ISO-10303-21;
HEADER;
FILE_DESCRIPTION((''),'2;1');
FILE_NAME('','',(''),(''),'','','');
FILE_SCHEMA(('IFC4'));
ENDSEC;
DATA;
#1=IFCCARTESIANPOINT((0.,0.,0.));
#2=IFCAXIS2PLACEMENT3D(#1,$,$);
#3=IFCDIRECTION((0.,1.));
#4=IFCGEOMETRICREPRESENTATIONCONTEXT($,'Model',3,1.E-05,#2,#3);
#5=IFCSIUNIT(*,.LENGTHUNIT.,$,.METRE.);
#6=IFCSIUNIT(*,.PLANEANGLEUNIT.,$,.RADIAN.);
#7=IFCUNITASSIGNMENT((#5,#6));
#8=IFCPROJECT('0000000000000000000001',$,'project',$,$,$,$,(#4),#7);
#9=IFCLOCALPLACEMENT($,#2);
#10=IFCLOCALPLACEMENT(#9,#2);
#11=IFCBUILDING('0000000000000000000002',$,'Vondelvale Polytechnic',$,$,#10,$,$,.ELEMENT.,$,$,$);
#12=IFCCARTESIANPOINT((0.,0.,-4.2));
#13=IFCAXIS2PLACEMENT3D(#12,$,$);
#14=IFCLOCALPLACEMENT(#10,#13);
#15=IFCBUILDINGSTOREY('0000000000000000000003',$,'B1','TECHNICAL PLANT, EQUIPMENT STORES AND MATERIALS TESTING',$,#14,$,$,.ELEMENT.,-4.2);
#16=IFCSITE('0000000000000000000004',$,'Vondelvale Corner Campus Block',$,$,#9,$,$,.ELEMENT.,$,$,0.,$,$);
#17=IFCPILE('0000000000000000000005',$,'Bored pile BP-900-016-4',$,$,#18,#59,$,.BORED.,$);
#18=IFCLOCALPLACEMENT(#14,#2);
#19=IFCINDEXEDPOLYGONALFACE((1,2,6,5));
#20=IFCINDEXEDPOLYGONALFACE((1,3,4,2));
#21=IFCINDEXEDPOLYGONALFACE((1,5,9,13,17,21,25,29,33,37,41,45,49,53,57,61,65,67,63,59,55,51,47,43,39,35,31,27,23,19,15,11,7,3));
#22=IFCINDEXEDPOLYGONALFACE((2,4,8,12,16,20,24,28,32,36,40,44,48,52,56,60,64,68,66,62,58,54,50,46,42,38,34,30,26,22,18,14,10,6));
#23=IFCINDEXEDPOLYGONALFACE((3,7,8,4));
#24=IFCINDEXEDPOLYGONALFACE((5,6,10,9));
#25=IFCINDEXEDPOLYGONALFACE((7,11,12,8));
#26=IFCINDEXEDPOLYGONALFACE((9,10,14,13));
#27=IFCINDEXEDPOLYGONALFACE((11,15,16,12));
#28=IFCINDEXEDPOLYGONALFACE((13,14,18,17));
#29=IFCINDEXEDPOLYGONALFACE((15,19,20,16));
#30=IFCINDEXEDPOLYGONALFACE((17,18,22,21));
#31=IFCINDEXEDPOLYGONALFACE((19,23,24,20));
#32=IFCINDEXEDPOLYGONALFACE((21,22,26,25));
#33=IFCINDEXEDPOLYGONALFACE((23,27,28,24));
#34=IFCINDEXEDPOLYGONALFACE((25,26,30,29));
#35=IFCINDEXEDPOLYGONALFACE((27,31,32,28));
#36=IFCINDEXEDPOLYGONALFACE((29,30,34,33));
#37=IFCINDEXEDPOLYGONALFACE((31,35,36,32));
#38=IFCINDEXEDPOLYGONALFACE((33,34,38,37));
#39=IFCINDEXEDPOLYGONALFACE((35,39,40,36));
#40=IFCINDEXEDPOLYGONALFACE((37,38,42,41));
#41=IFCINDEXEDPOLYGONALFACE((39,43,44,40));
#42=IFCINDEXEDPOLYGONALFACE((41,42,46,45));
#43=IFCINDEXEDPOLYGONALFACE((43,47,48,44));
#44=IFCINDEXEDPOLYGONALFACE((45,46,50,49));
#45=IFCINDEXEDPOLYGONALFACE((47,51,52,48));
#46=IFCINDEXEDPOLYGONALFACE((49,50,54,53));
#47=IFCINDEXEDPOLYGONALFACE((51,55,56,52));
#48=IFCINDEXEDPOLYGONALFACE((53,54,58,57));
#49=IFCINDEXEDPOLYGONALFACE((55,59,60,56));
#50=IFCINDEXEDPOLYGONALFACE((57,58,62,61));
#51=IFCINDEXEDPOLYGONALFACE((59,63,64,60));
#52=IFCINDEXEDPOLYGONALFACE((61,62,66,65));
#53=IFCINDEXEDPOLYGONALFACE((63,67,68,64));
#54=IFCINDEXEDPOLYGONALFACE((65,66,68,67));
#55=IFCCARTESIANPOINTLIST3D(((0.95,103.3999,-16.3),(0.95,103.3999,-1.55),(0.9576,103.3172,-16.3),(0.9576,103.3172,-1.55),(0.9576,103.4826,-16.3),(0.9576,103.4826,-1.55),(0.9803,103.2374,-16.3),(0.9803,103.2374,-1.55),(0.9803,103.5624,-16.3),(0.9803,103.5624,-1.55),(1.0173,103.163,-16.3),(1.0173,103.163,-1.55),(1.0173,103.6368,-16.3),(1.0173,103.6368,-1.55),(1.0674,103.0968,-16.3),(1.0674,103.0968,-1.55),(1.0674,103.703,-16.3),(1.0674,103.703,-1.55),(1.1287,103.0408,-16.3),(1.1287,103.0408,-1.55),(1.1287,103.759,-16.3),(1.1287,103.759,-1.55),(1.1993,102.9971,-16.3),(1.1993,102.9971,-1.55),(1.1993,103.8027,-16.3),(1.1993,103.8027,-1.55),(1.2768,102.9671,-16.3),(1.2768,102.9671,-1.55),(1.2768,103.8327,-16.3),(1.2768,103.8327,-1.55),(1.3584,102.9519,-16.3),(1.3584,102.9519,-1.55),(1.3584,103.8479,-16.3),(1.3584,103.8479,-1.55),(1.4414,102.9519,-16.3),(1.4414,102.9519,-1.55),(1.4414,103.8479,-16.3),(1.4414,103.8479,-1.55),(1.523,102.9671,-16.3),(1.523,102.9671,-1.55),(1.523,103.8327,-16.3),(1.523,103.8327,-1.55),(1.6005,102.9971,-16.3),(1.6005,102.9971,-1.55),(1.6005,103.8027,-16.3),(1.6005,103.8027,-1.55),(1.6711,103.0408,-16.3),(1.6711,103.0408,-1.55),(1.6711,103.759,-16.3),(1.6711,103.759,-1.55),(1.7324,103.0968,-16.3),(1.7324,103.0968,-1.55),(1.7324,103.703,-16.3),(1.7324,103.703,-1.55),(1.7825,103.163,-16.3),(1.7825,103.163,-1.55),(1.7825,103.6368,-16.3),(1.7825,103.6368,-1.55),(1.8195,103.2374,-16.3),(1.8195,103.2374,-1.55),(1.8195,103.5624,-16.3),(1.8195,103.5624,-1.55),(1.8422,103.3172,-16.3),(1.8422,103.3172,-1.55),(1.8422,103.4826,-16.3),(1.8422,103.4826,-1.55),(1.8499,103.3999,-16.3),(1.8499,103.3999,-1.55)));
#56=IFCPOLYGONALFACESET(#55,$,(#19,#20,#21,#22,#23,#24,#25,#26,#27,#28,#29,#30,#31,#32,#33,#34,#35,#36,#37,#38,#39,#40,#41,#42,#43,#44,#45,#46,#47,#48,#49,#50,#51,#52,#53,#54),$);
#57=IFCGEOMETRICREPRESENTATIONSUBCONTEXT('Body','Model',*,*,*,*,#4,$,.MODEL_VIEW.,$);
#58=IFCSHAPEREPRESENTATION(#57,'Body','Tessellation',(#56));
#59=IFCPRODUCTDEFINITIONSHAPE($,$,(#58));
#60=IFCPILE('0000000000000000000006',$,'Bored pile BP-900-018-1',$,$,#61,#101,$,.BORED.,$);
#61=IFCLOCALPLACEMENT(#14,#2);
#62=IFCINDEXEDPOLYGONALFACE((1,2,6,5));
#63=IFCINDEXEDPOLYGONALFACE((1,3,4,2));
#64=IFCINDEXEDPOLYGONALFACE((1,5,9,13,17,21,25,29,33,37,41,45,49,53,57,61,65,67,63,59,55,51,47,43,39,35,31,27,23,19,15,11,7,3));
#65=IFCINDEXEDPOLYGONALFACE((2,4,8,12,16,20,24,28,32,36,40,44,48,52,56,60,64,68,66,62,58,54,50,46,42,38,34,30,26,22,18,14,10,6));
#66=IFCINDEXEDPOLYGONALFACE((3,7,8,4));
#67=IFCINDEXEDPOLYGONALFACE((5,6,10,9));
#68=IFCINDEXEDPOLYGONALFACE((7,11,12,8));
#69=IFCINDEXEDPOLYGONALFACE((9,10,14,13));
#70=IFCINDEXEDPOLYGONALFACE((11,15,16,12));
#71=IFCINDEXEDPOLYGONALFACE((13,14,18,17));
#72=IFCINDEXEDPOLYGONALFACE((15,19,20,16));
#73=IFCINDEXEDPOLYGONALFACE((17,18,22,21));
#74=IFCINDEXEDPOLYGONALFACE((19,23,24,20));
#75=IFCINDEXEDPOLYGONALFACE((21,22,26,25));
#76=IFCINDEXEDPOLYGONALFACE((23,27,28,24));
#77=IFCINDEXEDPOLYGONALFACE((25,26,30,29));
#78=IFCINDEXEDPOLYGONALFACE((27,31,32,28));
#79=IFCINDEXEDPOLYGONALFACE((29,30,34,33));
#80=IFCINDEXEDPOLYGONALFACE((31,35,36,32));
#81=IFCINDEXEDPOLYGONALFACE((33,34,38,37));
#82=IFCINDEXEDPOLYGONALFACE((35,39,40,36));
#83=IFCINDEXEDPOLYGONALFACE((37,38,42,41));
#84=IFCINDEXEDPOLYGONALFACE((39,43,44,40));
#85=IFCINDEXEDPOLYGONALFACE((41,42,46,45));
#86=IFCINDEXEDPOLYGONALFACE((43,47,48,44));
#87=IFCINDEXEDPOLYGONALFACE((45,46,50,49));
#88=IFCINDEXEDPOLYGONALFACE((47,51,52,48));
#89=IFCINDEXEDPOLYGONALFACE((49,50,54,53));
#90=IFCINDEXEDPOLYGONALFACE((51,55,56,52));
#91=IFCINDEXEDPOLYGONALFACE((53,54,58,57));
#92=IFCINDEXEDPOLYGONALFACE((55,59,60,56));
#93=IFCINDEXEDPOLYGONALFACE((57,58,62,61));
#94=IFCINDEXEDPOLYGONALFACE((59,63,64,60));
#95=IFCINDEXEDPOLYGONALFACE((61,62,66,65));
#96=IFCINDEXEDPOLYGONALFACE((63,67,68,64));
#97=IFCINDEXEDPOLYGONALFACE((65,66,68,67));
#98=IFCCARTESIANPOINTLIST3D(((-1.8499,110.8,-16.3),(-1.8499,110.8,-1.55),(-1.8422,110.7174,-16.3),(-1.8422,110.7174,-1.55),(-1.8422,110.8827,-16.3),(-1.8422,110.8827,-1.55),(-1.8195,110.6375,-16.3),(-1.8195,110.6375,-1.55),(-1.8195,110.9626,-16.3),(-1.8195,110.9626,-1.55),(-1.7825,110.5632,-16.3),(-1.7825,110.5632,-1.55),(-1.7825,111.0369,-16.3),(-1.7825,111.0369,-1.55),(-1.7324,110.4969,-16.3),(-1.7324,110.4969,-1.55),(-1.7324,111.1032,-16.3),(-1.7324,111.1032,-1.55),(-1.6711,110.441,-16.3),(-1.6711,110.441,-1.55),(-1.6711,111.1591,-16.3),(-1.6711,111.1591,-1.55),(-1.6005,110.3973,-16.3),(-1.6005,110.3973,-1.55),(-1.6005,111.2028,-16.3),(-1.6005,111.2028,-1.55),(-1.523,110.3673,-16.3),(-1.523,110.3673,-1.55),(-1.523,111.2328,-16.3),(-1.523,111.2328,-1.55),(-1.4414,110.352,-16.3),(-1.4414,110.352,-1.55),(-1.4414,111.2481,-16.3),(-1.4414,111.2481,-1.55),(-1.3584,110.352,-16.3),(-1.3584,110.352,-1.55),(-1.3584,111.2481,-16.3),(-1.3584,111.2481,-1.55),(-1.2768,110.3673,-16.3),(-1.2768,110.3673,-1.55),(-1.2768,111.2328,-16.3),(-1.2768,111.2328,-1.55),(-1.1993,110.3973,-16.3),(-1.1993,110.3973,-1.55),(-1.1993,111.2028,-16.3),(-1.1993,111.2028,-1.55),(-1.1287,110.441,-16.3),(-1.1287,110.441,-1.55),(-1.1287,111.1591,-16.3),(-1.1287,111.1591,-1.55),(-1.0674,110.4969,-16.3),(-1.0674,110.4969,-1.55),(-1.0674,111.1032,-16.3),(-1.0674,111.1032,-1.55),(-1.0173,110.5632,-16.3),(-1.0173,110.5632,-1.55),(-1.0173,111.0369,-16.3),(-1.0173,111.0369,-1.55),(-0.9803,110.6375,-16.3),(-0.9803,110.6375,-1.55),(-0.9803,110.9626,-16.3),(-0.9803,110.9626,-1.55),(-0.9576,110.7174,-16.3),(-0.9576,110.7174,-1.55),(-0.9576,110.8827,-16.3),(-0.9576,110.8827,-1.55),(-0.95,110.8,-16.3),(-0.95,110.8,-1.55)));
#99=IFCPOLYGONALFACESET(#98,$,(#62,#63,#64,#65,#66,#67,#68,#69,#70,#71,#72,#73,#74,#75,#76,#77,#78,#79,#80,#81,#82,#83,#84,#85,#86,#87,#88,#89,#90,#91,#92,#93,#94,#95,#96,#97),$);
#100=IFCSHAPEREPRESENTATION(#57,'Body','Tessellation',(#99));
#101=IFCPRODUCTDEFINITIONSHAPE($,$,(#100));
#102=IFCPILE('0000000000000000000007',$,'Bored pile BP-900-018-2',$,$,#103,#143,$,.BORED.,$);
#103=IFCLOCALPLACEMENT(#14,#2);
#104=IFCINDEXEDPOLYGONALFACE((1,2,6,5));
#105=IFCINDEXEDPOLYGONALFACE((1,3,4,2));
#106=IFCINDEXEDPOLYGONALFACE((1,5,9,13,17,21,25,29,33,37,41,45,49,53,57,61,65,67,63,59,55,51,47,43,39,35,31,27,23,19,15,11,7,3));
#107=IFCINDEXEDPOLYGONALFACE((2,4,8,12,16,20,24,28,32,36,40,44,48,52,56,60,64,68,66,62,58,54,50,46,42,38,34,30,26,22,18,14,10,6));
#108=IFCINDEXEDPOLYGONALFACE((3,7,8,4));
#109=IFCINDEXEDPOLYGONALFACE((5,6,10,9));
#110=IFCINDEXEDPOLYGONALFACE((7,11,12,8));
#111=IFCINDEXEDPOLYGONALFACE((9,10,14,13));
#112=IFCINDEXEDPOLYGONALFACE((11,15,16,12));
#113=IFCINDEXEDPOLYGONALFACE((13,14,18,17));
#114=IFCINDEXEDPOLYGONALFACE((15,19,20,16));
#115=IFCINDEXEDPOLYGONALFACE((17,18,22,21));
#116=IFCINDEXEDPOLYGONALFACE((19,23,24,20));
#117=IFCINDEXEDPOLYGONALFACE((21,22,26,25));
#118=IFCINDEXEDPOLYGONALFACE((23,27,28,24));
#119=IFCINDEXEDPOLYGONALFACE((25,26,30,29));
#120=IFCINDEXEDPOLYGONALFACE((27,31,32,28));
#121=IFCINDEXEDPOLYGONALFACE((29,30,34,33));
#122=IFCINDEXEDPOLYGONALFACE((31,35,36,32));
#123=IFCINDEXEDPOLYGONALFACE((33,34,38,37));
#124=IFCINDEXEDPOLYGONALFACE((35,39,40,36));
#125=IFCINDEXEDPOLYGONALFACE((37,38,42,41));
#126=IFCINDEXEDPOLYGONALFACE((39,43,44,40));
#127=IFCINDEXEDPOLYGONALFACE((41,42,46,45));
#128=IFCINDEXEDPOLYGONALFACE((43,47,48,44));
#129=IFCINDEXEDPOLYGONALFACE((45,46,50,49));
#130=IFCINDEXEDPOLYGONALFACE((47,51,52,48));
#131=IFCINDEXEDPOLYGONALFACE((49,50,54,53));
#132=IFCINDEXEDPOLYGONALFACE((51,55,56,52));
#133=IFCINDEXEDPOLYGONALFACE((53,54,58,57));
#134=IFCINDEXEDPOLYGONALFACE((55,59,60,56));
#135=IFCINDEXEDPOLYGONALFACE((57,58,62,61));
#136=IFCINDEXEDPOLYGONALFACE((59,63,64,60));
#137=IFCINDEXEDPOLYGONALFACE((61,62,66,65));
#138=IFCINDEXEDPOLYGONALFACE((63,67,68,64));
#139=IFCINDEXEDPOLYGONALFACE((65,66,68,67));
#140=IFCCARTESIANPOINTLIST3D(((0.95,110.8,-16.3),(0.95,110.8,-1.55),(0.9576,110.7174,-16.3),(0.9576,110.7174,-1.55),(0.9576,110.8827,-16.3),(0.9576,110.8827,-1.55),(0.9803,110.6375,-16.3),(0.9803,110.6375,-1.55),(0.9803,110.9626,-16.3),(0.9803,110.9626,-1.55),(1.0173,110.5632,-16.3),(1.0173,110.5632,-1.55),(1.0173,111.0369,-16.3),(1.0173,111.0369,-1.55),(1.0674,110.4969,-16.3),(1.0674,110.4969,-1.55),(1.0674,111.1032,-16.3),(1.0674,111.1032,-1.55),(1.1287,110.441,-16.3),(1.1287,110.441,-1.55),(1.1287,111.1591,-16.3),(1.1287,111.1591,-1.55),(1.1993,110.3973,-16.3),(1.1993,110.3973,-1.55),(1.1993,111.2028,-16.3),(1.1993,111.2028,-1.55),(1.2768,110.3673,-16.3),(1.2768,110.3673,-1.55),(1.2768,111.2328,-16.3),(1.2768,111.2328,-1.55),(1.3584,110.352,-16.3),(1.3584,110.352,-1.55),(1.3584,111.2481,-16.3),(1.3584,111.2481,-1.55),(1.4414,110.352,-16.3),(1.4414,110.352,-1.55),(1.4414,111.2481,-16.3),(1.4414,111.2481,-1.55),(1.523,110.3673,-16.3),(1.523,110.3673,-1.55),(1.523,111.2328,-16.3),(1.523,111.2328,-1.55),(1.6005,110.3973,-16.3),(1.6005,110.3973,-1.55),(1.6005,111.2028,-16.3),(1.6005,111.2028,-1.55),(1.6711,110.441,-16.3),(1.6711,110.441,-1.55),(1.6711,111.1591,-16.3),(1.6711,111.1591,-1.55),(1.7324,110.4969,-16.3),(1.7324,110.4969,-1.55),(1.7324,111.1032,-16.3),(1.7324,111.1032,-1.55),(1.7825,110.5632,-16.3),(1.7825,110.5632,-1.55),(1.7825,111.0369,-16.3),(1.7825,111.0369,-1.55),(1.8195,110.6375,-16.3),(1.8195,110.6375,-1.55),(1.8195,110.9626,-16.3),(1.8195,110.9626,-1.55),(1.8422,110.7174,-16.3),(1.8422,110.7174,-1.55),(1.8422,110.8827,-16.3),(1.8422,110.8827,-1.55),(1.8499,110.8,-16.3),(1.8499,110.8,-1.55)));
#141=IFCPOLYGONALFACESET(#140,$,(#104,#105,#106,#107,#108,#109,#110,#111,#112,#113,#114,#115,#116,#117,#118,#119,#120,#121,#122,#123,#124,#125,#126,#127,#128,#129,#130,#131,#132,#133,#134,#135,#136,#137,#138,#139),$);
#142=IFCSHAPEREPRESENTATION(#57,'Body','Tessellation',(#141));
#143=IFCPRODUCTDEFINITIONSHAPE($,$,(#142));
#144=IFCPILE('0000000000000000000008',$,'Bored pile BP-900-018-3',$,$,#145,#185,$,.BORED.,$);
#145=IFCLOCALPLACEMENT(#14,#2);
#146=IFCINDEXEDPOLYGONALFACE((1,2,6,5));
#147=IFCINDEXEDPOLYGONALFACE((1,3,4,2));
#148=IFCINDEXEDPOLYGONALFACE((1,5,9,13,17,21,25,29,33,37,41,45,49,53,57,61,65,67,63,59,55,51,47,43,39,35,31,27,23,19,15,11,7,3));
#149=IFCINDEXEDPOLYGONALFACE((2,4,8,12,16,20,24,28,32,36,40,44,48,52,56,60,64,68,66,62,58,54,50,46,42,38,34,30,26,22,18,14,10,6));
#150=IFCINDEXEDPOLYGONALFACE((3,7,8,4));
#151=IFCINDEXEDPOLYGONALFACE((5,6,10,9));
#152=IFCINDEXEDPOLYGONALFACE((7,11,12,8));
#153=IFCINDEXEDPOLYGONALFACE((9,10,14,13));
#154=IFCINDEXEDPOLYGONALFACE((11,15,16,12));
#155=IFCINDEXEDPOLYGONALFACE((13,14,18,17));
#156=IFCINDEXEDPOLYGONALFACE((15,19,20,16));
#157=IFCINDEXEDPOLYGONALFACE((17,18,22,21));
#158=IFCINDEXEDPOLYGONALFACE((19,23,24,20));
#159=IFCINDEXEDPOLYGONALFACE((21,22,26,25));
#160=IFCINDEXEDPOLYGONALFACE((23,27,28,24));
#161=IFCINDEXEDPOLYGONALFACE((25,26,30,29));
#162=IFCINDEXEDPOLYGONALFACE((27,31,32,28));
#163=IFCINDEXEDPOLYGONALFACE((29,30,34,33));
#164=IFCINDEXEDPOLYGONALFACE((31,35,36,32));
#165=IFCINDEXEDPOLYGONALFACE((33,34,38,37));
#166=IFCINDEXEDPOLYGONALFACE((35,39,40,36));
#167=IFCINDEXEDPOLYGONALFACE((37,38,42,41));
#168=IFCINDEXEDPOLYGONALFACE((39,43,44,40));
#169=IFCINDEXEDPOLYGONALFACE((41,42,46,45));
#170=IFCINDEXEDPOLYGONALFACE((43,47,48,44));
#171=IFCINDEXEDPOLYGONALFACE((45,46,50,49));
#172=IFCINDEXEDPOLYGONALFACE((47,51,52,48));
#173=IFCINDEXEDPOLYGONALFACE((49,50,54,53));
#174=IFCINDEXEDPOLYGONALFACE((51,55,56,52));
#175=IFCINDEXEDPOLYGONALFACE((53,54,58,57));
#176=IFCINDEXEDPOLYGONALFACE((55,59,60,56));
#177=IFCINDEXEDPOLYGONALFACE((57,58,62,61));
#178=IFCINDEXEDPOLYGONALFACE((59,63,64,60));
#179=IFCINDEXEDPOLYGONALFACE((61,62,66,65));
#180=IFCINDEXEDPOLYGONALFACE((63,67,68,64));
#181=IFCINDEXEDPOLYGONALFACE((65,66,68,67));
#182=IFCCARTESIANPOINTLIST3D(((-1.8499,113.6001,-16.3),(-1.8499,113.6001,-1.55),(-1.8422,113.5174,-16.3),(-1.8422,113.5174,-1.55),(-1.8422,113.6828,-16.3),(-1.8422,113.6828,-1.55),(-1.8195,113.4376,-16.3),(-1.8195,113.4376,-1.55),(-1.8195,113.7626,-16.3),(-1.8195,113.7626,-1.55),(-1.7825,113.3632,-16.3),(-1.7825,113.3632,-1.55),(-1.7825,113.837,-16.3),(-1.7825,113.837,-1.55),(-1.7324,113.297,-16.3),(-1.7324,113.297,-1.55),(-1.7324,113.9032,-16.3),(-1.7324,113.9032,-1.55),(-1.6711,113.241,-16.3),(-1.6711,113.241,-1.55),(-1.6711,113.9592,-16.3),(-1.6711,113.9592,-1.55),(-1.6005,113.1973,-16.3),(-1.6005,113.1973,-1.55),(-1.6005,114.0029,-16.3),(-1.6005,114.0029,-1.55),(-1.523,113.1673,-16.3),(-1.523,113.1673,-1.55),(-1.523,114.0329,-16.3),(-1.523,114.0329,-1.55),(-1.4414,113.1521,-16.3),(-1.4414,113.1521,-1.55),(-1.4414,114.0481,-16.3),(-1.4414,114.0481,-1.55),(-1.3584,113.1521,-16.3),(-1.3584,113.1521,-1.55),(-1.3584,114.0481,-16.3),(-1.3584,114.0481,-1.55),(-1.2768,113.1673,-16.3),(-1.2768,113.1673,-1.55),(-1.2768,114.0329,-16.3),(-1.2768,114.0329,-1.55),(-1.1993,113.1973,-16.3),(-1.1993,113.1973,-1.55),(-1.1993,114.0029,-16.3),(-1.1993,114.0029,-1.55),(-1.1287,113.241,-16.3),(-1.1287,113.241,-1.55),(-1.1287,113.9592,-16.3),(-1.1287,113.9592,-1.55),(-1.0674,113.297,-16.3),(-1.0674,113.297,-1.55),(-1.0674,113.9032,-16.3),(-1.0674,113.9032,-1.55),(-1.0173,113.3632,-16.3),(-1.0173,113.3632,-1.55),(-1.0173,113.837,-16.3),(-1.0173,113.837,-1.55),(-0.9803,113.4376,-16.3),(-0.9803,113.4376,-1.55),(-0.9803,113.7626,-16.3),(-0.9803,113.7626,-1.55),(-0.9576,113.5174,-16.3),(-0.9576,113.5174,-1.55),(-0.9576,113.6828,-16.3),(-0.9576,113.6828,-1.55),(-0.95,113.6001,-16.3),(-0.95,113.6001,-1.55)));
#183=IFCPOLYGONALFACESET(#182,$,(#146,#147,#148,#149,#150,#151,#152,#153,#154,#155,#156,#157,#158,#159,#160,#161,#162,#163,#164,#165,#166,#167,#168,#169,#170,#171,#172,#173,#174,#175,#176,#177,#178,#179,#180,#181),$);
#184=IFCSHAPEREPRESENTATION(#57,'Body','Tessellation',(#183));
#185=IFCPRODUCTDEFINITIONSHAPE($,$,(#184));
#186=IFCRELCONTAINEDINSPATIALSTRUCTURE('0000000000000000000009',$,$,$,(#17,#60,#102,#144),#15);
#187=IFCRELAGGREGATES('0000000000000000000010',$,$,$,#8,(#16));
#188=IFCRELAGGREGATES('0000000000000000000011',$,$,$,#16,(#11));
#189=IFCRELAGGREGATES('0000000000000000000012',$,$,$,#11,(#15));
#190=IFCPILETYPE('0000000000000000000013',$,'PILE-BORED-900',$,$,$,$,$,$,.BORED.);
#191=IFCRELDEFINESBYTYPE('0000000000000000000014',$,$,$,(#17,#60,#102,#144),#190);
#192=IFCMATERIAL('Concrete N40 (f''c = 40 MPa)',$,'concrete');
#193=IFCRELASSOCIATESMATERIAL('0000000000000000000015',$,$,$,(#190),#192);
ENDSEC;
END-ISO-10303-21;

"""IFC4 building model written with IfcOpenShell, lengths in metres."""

from ifc_helpers import new_model, si_unit, direction, frame, origin, origin_2d, place, context, subcontext, project, spatial, circle, extrude, material, material_profile, profile_set, type_object, element, save


model = new_model("IFC4")

# Units and contexts
model_context = context("Model", 3, precision=1e-05, world=origin(), true_north=direction((0.0, 1.0)))
body_context = subcontext(model_context, "Body", "Model", "MODEL_VIEW")
ifc_project = project(units=[si_unit("LENGTHUNIT", "METRE"), si_unit("PLANEANGLEUNIT", "RADIAN")], contexts=[model_context])

# Site, building, storey
site_placement = place(None, origin())
site = spatial("IfcSite", under=ifc_project, at=site_placement, Name="Vondelvale Corner Campus Block", CompositionType="ELEMENT", RefElevation=0.0)
building_placement = place(site_placement, origin())
building = spatial("IfcBuilding", under=site, at=building_placement, Name="Vondelvale Polytechnic", CompositionType="ELEMENT")
storey_placement = place(building_placement, frame((0.0, 0.0, -4.2)))
storey = spatial("IfcBuildingStorey", under=building, at=storey_placement, Name="B1", Description="TECHNICAL PLANT, EQUIPMENT STORES AND MATERIALS TESTING", CompositionType="ELEMENT", Elevation=-4.2)

# Shared definitions
ifc_material_1 = material(Name="Concrete N40 (f'c = 40 MPa)", Category="concrete")

# Piles
ifc_material_profile_1 = material_profile(ifc_material_1, circle(Radius=0.45, at=origin_2d()), Name="PILE-D900")
ifc_profile_set_1 = profile_set([ifc_material_profile_1], Name="Concrete N40 (f'c = 40 MPa)")
pile_type_1 = type_object("IfcPileType", Name="PILE-BORED-900", PredefinedType="BORED", material=ifc_profile_set_1)
for number, where, z_axis, x_axis, name in (
    (1, (1.3999, 103.3999, -1.55), (0.0, 0.0, -1.0), (1.0, 0.0, 0.0), "Bored pile BP-900-016-4"),
    (2, (-1.3999, 110.8, -1.55), (0.0, 0.0, -1.0), (1.0, 0.0, 0.0), "Bored pile BP-900-018-1"),
    (3, (1.3999, 110.8, -1.55), (0.0, 0.0, -1.0), (1.0, 0.0, 0.0), "Bored pile BP-900-018-2"),
    (4, (-1.3999, 113.6001, -1.55), (0.0, 0.0, -1.0), (1.0, 0.0, 0.0), "Bored pile BP-900-018-3"),
):
    element("IfcPile", number, at=place(storey_placement, frame(where, z_axis=z_axis, x_axis=x_axis)), inside=storey, type_object=pile_type_1, Name=name, PredefinedType="BORED", context=body_context, shape_type="SweptSolid", body=[
        extrude(circle(Radius=0.45, at=origin_2d()), origin(), (0.0, 0.0, 1.0), 14.75),
    ])

save(model, "model.ifc")
